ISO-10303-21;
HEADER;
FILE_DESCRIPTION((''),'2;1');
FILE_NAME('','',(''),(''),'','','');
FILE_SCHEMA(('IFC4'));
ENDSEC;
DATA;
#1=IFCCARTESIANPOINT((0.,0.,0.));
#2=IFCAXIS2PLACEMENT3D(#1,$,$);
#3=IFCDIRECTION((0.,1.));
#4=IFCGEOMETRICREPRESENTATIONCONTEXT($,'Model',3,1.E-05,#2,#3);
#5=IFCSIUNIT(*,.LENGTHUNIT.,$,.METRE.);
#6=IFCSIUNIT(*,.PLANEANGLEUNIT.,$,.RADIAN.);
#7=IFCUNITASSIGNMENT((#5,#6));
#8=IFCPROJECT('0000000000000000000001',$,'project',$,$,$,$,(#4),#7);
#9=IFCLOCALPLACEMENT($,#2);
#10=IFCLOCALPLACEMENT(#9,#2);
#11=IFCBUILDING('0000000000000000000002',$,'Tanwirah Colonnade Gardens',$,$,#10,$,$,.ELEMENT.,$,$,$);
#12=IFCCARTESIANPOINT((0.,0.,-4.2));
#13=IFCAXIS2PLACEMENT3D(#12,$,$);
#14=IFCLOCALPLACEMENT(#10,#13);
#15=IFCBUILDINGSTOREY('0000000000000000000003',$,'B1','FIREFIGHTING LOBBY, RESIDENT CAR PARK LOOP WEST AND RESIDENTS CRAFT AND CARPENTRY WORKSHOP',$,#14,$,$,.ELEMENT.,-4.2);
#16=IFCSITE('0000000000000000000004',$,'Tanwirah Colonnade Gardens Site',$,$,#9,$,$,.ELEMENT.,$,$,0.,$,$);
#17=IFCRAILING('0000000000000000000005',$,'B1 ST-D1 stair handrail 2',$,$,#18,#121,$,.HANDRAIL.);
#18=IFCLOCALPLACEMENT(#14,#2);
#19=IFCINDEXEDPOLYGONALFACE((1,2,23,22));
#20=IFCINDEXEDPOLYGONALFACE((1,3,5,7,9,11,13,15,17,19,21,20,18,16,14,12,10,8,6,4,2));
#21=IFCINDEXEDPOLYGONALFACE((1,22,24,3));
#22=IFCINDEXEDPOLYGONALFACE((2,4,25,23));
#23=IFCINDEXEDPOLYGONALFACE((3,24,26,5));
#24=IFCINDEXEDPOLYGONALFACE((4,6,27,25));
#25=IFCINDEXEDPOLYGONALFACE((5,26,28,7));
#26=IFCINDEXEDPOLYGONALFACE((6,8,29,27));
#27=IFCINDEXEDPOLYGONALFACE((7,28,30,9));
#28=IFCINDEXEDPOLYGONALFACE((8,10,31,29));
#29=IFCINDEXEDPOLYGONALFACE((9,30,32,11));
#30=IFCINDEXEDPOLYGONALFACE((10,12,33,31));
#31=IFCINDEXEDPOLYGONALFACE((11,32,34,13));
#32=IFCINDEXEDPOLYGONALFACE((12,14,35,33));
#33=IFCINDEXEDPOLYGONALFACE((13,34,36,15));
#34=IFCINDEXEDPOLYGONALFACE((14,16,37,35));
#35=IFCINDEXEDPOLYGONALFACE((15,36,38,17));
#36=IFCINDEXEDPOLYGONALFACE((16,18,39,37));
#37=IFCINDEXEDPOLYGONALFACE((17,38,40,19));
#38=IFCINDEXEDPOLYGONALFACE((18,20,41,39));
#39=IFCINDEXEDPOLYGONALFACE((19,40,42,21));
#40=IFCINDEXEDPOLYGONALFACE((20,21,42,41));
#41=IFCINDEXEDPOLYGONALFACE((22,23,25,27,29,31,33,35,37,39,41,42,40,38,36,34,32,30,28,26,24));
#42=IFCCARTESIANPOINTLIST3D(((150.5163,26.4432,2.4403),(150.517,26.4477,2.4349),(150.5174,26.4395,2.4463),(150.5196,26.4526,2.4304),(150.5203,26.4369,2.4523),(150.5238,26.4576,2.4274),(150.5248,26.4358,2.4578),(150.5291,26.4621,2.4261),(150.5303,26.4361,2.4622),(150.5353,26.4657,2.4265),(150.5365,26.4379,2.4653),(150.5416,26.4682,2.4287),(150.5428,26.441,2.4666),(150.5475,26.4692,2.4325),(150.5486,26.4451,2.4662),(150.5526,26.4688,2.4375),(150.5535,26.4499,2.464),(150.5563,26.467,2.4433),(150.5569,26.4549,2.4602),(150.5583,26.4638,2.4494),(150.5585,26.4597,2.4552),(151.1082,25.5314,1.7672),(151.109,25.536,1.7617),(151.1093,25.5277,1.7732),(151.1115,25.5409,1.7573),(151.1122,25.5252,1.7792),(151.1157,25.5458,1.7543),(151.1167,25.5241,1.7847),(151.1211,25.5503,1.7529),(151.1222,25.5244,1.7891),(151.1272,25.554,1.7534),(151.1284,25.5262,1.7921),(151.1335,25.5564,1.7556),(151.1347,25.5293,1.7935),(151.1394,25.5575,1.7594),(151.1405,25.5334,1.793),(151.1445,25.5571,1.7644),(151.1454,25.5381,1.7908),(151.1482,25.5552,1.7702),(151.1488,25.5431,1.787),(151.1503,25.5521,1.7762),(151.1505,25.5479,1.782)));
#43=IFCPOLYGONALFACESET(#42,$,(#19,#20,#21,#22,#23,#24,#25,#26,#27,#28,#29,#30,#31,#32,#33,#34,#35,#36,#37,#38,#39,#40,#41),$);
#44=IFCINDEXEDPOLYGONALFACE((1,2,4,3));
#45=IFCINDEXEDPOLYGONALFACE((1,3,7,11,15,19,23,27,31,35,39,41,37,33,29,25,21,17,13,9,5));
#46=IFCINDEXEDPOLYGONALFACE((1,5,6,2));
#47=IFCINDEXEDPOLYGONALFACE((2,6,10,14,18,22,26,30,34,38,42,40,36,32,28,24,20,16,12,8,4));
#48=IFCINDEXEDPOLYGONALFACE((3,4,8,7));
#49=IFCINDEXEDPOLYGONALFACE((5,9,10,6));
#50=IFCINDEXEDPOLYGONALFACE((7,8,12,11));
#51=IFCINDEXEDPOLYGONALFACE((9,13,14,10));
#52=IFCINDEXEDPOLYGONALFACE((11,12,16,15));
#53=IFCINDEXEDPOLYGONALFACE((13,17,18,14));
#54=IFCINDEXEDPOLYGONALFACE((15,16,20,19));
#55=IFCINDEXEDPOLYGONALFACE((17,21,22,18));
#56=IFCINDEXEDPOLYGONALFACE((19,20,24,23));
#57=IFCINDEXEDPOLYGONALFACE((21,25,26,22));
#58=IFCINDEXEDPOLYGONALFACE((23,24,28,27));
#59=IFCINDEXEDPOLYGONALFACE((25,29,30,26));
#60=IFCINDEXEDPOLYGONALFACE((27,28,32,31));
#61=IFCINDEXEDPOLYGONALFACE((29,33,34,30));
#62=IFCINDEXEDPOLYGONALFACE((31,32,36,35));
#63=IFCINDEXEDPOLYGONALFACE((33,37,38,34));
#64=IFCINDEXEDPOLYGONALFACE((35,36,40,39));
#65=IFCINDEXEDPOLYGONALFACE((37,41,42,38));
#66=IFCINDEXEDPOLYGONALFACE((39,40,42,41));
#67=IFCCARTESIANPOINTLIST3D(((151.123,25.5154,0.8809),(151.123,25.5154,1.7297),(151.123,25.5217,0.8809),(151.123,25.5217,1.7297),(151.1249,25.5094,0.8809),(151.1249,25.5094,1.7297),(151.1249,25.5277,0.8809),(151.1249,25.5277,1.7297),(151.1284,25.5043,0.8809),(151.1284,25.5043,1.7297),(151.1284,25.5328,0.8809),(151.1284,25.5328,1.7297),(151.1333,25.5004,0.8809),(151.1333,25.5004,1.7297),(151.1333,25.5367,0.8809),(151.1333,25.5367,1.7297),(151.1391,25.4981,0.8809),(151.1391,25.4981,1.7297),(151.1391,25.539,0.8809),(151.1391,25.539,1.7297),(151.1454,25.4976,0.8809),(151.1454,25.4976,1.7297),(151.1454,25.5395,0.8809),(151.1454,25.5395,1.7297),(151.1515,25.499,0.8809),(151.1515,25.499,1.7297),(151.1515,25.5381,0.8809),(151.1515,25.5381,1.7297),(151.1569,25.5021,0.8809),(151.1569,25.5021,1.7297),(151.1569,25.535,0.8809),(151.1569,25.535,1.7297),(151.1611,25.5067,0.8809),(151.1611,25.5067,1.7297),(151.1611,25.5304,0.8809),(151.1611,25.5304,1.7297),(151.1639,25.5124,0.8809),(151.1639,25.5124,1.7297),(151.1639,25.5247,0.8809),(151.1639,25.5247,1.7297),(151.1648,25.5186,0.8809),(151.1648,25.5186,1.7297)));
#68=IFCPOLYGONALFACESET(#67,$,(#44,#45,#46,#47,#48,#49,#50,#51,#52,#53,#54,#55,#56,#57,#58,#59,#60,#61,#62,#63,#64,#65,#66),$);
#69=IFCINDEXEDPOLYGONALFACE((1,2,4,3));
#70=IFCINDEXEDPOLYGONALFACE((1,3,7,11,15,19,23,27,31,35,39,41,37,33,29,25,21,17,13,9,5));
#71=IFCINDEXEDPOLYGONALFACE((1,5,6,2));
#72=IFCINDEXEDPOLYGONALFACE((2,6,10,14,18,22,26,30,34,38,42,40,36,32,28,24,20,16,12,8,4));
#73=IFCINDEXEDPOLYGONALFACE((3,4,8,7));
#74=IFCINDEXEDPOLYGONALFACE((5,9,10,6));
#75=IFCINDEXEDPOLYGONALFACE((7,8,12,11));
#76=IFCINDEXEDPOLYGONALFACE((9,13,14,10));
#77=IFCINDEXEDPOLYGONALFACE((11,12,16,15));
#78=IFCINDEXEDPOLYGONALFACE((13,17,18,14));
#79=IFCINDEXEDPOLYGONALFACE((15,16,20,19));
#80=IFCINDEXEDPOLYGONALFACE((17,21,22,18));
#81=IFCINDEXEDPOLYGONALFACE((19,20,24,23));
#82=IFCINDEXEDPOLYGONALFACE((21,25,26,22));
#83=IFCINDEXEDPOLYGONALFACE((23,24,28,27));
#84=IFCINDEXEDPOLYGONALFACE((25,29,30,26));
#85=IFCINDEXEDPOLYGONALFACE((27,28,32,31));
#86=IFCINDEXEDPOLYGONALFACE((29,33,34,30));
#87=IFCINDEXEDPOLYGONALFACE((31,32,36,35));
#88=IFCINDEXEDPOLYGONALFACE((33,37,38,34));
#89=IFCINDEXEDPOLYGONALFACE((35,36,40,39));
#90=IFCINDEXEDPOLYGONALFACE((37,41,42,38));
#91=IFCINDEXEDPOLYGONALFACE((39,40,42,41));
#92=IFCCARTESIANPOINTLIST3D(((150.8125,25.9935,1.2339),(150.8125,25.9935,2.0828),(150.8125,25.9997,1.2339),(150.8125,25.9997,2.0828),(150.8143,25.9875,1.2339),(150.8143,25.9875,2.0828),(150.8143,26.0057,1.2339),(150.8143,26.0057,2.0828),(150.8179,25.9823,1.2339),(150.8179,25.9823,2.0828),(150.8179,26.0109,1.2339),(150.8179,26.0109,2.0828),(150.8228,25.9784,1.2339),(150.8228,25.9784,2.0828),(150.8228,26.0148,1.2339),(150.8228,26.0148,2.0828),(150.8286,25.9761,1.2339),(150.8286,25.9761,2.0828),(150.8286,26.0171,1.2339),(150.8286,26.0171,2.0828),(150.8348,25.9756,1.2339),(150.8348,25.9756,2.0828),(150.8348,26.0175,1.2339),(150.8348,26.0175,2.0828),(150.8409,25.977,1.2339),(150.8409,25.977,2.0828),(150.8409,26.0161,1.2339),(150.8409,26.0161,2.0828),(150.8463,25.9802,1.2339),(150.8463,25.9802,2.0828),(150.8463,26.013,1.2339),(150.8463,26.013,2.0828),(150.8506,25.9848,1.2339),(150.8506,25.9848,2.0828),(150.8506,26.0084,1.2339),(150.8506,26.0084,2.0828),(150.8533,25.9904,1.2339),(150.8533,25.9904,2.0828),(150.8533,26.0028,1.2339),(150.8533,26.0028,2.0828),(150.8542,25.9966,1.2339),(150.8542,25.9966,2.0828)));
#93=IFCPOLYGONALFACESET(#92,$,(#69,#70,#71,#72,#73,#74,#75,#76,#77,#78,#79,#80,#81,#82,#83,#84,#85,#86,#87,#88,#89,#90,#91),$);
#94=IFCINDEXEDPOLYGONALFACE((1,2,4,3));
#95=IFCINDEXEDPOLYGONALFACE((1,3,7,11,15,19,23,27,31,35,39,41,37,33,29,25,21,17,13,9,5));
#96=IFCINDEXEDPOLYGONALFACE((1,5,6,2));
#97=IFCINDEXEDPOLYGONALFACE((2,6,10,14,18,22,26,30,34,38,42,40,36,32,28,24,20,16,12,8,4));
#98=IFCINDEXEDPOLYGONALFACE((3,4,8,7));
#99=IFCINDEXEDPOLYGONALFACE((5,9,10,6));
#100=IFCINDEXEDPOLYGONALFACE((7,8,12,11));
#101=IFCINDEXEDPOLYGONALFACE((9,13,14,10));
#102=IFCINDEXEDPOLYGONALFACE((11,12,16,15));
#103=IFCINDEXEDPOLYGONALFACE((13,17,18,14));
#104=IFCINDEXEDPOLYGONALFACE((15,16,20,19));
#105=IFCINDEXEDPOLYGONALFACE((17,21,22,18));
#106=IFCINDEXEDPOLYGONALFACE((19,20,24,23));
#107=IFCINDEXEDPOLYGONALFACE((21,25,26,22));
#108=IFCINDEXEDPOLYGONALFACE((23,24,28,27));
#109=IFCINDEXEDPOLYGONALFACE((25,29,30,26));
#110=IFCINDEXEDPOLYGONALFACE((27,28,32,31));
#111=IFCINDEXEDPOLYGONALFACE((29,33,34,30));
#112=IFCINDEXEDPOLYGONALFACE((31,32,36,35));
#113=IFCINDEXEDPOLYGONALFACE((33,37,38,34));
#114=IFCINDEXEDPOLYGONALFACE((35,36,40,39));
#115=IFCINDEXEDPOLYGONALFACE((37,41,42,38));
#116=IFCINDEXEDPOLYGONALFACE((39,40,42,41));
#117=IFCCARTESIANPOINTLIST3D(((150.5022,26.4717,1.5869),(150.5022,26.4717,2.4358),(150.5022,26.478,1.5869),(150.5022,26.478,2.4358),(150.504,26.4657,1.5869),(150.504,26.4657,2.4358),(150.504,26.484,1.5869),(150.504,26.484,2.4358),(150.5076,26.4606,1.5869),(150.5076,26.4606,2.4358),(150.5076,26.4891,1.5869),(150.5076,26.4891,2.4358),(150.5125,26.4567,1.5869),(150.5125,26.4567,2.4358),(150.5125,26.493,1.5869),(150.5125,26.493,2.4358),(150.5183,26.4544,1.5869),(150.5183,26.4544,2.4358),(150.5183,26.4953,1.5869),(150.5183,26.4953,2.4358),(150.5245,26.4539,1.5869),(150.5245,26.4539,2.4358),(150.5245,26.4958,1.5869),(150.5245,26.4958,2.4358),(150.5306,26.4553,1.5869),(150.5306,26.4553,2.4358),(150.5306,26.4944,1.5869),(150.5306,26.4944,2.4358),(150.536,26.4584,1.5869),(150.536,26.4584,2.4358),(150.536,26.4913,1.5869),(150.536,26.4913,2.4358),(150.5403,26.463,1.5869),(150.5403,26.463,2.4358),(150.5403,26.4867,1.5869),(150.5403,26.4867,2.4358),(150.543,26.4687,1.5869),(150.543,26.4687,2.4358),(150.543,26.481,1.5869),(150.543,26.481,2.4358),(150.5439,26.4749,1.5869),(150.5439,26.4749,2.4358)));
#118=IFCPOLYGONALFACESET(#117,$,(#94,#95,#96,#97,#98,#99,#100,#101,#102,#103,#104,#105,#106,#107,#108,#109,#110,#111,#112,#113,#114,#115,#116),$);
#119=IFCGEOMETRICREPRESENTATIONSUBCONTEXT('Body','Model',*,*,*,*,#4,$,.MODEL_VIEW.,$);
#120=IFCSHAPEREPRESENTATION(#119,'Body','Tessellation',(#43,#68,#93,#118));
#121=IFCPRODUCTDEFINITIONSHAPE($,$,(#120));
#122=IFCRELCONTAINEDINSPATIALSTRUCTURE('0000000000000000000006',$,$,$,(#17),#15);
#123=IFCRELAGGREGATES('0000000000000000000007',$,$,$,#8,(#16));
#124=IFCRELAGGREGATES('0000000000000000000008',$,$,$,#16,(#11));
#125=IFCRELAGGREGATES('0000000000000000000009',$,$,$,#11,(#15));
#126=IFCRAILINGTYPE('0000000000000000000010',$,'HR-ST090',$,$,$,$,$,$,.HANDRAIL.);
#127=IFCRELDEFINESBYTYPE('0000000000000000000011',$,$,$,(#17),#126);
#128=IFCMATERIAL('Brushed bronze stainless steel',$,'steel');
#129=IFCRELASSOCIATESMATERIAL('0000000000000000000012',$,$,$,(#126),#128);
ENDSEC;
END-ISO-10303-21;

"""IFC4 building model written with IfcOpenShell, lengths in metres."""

from ifc_helpers import new_model, si_unit, direction, frame, origin, origin_2d, place, context, subcontext, project, spatial, circle, extrude, material, type_object, element, save


model = new_model("IFC4")

# Units and contexts
model_context = context("Model", 3, precision=1e-05, world=origin(), true_north=direction((0.0, 1.0)))
body_context = subcontext(model_context, "Body", "Model", "MODEL_VIEW")
ifc_project = project(units=[si_unit("LENGTHUNIT", "METRE"), si_unit("PLANEANGLEUNIT", "RADIAN")], contexts=[model_context])

# Site, building, storey
site_placement = place(None, origin())
site = spatial("IfcSite", under=ifc_project, at=site_placement, Name="Tanwirah Colonnade Gardens Site", CompositionType="ELEMENT", RefElevation=0.0)
building_placement = place(site_placement, origin())
building = spatial("IfcBuilding", under=site, at=building_placement, Name="Tanwirah Colonnade Gardens", CompositionType="ELEMENT")
storey_placement = place(building_placement, frame((0.0, 0.0, -4.2)))
storey = spatial("IfcBuildingStorey", under=building, at=storey_placement, Name="B1", Description="FIREFIGHTING LOBBY, RESIDENT CAR PARK LOOP WEST AND RESIDENTS CRAFT AND CARPENTRY WORKSHOP", CompositionType="ELEMENT", Elevation=-4.2)

# Railing
ifc_material_1 = material(Name="Brushed bronze stainless steel", Category="steel")
railing_type_1 = type_object("IfcRailingType", Name="HR-ST090", PredefinedType="HANDRAIL", material=ifc_material_1)
railing_1_placement = place(storey_placement, frame((151.1438, 25.5186, 0.8809)))
element("IfcRailing", 1, at=railing_1_placement, inside=storey, type_object=railing_type_1, Name="B1 ST-D1 stair handrail 2", PredefinedType="HANDRAIL", context=body_context, shape_type="SweptSolid", body=[
    extrude(circle(Radius=0.0239, at=origin_2d()), frame((-0.0144, 0.0222, 0.8923), z_axis=(-0.46295, 0.713085, 0.526485), x_axis=(-0.838742, -0.544529, 0.0)), (0.0, 0.0, 1.0), 1.2786),
    extrude(circle(Radius=0.021, at=origin_2d()), origin(), (0.0, 0.0, 1.0), 0.8489),
    extrude(circle(Radius=0.021, at=origin_2d()), frame((-0.3105, 0.478, 0.353)), (0.0, 0.0, 1.0), 0.8489),
    extrude(circle(Radius=0.021, at=origin_2d()), frame((-0.6208, 0.9563, 0.7061)), (0.0, 0.0, 1.0), 0.8489),
])

save(model, "model.ifc")
